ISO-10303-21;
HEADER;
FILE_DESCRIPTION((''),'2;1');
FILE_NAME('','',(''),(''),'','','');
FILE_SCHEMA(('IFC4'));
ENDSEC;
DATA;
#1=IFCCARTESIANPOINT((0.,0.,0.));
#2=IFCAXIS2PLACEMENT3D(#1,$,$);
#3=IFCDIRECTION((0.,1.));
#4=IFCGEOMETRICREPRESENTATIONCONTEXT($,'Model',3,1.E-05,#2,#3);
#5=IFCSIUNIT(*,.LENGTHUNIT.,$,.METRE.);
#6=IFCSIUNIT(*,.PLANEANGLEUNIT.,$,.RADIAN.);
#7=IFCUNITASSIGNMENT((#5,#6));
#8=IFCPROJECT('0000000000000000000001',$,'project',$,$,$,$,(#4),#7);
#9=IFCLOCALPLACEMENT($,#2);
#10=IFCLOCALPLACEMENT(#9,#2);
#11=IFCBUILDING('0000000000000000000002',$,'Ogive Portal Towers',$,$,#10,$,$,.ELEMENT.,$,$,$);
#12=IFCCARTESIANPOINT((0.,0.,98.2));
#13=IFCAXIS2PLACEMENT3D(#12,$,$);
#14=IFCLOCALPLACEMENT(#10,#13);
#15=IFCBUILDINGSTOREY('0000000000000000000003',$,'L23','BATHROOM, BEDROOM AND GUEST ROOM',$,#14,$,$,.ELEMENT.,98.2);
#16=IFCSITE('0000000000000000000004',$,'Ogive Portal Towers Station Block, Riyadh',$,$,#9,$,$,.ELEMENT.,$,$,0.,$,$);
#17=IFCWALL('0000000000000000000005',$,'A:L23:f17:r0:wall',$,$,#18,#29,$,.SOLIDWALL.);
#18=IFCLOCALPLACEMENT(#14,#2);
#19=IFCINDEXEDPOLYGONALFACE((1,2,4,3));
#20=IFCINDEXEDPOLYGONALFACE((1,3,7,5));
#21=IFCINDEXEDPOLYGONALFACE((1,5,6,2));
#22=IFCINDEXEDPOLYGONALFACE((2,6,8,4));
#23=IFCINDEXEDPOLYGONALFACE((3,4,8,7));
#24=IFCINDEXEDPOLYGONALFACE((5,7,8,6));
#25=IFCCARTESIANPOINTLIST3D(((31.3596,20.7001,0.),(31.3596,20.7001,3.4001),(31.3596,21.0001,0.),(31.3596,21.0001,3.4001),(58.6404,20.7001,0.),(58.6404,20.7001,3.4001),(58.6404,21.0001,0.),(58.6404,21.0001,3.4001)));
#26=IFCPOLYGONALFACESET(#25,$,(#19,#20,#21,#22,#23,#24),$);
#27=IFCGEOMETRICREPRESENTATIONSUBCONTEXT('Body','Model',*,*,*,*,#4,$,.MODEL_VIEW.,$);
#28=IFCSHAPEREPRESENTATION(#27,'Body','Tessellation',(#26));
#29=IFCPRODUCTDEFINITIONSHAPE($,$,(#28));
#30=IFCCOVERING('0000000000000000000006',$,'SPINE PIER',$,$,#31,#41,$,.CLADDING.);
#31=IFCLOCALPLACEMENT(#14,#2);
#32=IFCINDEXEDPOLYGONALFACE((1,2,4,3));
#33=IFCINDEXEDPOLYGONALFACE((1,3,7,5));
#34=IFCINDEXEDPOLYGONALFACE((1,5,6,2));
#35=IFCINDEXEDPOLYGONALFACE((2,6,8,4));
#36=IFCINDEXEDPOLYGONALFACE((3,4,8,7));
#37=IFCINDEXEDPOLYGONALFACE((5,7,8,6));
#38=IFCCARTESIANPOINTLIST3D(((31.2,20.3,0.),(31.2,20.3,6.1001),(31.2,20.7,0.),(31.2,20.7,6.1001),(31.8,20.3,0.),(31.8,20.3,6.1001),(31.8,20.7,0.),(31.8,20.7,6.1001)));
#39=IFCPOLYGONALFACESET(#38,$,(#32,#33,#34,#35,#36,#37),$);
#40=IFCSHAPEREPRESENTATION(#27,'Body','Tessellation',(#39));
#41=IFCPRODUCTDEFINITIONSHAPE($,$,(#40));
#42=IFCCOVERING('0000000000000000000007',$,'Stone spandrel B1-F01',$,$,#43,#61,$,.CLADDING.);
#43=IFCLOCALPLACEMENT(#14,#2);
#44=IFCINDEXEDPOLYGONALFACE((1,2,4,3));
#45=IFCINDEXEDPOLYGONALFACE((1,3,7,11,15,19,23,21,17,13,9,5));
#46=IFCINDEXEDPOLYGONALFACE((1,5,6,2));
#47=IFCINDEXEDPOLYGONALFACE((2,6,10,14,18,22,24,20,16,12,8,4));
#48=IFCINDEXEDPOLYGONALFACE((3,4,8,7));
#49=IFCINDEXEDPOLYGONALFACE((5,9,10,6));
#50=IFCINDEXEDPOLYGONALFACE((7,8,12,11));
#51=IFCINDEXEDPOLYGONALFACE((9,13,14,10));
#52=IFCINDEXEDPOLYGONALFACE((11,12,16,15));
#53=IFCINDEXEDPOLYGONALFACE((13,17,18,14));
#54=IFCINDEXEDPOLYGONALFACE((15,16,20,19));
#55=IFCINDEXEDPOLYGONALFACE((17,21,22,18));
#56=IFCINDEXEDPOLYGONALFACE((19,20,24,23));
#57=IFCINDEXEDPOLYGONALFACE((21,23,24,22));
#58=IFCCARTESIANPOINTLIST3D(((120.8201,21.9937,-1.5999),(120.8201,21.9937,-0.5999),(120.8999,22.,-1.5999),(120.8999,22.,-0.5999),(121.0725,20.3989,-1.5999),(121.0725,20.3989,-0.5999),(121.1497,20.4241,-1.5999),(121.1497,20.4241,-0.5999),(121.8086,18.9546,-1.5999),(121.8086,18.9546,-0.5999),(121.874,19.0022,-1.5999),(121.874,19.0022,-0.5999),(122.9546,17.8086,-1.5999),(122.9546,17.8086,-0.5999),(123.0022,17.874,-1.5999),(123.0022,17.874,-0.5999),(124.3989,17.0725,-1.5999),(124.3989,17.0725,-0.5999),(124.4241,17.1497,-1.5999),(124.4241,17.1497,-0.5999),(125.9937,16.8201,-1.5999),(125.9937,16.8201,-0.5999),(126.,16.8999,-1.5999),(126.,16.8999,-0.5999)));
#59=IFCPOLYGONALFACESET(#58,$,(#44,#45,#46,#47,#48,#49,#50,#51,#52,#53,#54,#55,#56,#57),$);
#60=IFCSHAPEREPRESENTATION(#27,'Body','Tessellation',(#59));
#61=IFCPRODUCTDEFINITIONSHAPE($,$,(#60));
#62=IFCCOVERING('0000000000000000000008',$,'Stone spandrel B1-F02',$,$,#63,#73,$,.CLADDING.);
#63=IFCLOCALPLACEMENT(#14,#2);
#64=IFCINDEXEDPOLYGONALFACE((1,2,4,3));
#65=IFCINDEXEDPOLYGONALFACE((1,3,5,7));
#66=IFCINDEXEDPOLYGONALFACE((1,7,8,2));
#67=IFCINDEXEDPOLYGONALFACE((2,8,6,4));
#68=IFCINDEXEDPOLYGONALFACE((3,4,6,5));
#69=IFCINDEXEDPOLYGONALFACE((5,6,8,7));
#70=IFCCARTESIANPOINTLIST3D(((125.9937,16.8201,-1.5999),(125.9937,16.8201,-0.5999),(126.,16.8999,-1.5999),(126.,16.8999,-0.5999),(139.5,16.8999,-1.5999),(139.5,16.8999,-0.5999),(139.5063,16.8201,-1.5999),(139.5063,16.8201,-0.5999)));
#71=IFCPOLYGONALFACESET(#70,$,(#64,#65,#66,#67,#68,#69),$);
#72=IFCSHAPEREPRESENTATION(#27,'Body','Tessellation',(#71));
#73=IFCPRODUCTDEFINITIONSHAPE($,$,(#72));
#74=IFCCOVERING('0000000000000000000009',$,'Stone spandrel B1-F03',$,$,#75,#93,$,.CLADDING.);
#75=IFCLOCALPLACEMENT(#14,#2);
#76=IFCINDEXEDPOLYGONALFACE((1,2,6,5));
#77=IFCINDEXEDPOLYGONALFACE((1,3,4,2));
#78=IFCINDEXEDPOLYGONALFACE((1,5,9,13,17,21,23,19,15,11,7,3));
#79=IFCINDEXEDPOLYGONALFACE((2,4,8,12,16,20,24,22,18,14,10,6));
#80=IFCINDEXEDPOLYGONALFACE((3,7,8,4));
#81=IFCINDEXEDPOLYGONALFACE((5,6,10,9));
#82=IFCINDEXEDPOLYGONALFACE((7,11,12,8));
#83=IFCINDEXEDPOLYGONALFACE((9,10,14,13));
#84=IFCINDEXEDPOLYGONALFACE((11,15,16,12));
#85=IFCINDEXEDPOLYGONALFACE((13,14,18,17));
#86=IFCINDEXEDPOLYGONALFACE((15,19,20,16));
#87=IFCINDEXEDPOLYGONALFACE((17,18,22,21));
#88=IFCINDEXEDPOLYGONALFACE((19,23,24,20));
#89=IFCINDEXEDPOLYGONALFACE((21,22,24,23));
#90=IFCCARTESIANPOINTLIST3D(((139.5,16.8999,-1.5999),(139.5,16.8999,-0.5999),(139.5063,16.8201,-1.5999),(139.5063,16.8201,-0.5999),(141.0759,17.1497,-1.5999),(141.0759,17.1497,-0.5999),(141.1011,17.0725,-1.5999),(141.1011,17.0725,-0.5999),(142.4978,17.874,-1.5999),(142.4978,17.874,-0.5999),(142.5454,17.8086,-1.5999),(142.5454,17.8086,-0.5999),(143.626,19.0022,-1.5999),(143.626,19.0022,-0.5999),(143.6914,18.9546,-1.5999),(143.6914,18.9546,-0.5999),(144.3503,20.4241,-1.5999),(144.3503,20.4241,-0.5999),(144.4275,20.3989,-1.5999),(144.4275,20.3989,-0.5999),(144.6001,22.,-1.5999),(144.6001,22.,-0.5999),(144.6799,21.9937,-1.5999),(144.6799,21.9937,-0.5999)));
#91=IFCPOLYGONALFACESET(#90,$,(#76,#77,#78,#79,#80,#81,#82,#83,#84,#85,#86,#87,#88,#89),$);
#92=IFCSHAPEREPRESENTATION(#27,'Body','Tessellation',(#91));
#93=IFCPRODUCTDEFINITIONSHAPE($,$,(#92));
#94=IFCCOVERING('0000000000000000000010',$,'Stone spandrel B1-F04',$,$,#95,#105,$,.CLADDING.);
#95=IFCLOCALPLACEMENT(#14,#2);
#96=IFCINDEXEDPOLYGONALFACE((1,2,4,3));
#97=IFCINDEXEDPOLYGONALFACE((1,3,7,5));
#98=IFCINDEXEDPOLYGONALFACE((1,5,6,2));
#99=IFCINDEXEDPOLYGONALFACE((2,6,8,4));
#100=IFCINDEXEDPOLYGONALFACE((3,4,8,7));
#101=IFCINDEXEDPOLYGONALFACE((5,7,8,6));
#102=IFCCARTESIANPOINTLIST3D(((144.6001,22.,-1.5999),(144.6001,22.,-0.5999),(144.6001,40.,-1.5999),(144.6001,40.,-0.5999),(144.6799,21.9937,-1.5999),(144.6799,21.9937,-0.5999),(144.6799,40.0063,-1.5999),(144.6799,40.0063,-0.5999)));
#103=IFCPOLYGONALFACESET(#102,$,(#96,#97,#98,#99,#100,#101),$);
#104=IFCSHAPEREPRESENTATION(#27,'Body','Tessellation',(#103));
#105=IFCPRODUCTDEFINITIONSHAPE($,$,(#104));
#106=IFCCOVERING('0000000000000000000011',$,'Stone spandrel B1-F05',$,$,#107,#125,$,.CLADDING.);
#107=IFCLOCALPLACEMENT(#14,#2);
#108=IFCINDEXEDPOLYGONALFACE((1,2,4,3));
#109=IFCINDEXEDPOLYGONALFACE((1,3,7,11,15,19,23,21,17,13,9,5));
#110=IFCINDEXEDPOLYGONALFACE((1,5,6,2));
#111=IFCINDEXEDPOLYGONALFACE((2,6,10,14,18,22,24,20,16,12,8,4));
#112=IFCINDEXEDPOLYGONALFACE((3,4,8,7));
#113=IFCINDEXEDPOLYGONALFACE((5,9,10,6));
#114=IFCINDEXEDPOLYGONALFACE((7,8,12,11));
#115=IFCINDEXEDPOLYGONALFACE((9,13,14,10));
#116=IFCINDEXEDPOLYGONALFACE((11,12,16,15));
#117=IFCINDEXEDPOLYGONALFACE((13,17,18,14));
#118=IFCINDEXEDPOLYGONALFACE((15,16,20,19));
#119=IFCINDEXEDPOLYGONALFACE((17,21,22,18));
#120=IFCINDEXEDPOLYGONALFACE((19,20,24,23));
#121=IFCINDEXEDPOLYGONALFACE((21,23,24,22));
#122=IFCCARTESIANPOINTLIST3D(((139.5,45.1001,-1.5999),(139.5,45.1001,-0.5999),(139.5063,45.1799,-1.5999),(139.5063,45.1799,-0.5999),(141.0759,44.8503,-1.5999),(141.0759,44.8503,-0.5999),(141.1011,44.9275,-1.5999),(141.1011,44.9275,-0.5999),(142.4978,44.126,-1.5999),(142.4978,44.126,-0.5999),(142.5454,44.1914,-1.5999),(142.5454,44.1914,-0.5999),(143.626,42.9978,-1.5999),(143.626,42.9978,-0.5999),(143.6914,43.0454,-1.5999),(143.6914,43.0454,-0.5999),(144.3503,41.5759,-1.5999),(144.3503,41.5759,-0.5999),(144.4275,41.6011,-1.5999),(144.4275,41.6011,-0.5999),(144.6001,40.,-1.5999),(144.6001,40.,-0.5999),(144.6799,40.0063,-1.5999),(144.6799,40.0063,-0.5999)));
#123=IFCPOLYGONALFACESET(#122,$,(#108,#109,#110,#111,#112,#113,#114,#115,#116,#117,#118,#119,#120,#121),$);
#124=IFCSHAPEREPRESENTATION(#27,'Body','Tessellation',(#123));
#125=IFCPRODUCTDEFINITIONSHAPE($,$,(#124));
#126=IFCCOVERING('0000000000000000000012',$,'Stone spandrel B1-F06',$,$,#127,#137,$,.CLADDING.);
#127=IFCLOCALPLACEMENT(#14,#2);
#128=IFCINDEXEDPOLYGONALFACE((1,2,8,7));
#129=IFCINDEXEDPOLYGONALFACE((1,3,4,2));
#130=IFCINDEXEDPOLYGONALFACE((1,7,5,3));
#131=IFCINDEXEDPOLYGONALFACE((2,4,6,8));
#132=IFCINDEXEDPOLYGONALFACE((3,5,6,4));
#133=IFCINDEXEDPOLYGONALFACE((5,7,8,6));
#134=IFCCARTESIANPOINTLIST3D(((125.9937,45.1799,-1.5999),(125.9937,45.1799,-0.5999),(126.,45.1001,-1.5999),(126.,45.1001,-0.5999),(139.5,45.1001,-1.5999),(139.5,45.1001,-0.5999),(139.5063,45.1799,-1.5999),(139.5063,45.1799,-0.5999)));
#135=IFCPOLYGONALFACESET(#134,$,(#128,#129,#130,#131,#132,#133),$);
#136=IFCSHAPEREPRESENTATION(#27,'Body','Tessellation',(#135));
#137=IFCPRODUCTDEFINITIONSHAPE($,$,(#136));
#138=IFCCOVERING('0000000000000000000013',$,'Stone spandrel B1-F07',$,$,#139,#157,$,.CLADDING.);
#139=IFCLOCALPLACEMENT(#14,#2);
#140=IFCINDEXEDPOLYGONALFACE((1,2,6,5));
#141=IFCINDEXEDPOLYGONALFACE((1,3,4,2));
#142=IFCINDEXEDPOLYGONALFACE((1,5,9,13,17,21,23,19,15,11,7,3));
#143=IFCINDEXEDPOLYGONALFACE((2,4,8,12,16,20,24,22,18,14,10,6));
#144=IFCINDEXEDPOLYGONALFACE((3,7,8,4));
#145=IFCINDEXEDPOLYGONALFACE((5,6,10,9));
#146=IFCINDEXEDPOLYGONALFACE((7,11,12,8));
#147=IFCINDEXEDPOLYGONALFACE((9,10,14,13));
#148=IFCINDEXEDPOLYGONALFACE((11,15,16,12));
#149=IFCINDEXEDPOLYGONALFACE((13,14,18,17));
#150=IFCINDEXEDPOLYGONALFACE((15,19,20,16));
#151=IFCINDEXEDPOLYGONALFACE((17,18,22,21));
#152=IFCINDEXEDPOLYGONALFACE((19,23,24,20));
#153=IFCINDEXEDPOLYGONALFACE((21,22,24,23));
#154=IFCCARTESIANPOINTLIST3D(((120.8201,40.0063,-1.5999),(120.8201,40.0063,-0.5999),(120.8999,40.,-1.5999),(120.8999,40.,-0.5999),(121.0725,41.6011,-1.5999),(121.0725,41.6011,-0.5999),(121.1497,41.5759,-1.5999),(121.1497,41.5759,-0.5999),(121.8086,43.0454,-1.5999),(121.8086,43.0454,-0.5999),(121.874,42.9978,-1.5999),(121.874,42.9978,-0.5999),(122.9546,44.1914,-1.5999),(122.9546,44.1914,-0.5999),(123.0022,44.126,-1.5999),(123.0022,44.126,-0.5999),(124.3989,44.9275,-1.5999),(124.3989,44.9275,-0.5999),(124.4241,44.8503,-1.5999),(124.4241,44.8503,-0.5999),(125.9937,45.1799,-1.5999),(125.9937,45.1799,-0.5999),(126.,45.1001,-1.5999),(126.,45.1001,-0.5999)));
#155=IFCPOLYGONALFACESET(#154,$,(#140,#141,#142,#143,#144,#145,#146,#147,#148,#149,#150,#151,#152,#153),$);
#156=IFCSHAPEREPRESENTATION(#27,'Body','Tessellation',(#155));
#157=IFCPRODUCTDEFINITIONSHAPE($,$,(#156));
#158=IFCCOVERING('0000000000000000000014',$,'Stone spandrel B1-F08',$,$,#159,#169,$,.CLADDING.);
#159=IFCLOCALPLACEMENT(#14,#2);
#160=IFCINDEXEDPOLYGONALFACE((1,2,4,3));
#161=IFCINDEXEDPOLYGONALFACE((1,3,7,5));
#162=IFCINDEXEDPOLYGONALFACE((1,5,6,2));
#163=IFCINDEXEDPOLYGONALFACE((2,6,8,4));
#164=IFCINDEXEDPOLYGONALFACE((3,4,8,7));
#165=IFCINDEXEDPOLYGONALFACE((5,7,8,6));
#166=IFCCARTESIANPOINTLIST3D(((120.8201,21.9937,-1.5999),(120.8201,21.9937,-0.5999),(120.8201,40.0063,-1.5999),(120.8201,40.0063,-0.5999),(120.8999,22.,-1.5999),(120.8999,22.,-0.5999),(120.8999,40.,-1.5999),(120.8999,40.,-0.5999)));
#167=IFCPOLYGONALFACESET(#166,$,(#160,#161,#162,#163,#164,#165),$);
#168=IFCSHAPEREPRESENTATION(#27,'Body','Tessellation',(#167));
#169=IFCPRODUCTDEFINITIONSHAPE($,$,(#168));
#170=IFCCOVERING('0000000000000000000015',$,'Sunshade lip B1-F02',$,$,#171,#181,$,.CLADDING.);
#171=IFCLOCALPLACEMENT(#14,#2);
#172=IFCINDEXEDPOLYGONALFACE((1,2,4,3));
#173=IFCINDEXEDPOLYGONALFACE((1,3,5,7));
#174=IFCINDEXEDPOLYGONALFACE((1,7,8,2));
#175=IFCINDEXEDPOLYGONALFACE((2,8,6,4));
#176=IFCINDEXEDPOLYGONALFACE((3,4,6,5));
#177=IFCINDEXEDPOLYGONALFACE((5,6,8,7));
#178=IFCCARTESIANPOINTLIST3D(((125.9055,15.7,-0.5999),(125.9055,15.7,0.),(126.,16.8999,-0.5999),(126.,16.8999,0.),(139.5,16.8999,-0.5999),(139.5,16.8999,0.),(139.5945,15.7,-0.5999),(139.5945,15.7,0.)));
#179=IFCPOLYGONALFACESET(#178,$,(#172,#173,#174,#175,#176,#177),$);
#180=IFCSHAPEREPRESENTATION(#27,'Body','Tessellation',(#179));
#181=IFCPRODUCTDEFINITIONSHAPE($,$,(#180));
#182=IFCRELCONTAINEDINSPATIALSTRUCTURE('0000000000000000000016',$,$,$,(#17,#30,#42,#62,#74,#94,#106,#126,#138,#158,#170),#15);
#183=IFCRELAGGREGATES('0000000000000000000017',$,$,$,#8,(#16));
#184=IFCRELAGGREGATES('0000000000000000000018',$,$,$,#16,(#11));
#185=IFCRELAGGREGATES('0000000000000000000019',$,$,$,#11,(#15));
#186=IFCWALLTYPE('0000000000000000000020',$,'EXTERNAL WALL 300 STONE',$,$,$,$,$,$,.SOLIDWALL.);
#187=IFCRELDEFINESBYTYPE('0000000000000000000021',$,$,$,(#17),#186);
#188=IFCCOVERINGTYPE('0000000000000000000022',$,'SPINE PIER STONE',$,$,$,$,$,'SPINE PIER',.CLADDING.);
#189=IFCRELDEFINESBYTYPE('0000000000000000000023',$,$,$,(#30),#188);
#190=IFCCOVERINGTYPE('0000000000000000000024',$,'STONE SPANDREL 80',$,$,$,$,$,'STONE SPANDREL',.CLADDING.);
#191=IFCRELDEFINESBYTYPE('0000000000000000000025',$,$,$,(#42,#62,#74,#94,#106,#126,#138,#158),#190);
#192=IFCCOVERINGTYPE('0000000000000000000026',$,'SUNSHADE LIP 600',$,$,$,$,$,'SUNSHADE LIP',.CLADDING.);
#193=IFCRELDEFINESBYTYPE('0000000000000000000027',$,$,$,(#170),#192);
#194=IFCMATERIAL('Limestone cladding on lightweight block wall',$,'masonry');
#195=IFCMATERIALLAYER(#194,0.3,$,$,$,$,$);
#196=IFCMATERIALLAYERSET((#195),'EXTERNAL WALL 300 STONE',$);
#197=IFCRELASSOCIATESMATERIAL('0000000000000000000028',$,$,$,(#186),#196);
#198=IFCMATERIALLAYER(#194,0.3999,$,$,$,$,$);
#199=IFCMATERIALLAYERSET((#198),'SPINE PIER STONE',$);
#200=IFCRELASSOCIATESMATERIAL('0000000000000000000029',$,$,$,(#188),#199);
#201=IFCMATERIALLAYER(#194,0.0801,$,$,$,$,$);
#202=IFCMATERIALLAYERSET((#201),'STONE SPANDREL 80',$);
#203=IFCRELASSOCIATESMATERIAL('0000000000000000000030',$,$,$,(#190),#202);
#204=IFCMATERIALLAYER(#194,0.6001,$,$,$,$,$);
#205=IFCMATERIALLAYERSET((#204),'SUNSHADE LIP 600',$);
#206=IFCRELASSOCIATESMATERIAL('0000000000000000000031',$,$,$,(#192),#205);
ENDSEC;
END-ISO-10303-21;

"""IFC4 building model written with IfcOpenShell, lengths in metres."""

from ifc_helpers import new_model, si_unit, direction, frame, frame_2d, origin, origin_2d, place, context, subcontext, project, spatial, polyline, rectangle, outline, extrude, material, layer, layer_set, type_object, element, save


model = new_model("IFC4")

# Units and contexts
model_context = context("Model", 3, precision=1e-05, world=origin(), true_north=direction((0.0, 1.0)))
body_context = subcontext(model_context, "Body", "Model", "MODEL_VIEW")
ifc_project = project(units=[si_unit("LENGTHUNIT", "METRE"), si_unit("PLANEANGLEUNIT", "RADIAN")], contexts=[model_context])

# Site, building, storey
site_placement = place(None, origin())
site = spatial("IfcSite", under=ifc_project, at=site_placement, Name="Ogive Portal Towers Station Block, Riyadh", CompositionType="ELEMENT", RefElevation=0.0)
building_placement = place(site_placement, origin())
building = spatial("IfcBuilding", under=site, at=building_placement, Name="Ogive Portal Towers", CompositionType="ELEMENT")
storey_placement = place(building_placement, frame((0.0, 0.0, 98.2)))
storey = spatial("IfcBuildingStorey", under=building, at=storey_placement, Name="L23", Description="BATHROOM, BEDROOM AND GUEST ROOM", CompositionType="ELEMENT", Elevation=98.2)

# Wall
ifc_material_1 = material(Name="Limestone cladding on lightweight block wall", Category="masonry")
ifc_layer_1 = layer(ifc_material_1, 0.3)
ifc_layer_set_1 = layer_set([ifc_layer_1], Name="EXTERNAL WALL 300 STONE")
wall_type_1 = type_object("IfcWallType", Name="EXTERNAL WALL 300 STONE", PredefinedType="SOLIDWALL", material=ifc_layer_set_1)
wall_1_placement = place(storey_placement, frame((31.3596, 20.8501, 0.0), z_axis=(0.0, 0.0, 1.0), x_axis=(1.0, 0.0, 0.0)))
element("IfcWall", 1, at=wall_1_placement, inside=storey, type_object=wall_type_1, Name="A:L23:f17:r0:wall", PredefinedType="SOLIDWALL", context=body_context, shape_type="SweptSolid", body=[
    extrude(rectangle(XDim=27.2808, YDim=0.3, at=frame_2d((13.6404, 0.0))), origin(), (0.0, 0.0, 1.0), 3.4001),
])

# Coverings
ifc_layer_2 = layer(ifc_material_1, 0.3999)
ifc_layer_set_2 = layer_set([ifc_layer_2], Name="SPINE PIER STONE")
covering_type_1 = type_object("IfcCoveringType", Name="SPINE PIER STONE", ElementType="SPINE PIER", PredefinedType="CLADDING", material=ifc_layer_set_2)
covering_1_placement = place(storey_placement, frame((31.5, 20.5, 0.0), z_axis=(0.0, 0.0, 1.0), x_axis=(1.0, 0.0, 0.0)))
element("IfcCovering", 2, at=covering_1_placement, inside=storey, type_object=covering_type_1, Name="SPINE PIER", PredefinedType="CLADDING", context=body_context, shape_type="SweptSolid", body=[
    extrude(rectangle(XDim=0.6001, YDim=0.3999, at=origin_2d()), origin(), (0.0, 0.0, 1.0), 6.1001),
])
ifc_layer_3 = layer(ifc_material_1, 0.0801)
ifc_layer_set_3 = layer_set([ifc_layer_3], Name="STONE SPANDREL 80")
covering_type_2 = type_object("IfcCoveringType", Name="STONE SPANDREL 80", ElementType="STONE SPANDREL", PredefinedType="CLADDING", material=ifc_layer_set_3)
covering_2_placement = place(storey_placement, frame((0.0, 0.0, -1.5999)))
element("IfcCovering", 3, at=covering_2_placement, inside=storey, type_object=covering_type_2, Name="Stone spandrel B1-F01", PredefinedType="CLADDING", context=body_context, shape_type="SweptSolid", body=[
    extrude(outline(polyline([(120.8999, 22.0), (121.1497, 20.4241), (121.874, 19.0022), (123.0022, 17.874), (124.4241, 17.1497), (126.0, 16.8999), (125.9937, 16.8201), (124.3989, 17.0725), (122.9546, 17.8086), (121.8086, 18.9546), (121.0725, 20.3989), (120.8201, 21.9937), (120.8999, 22.0)])), origin(), (0.0, 0.0, 1.0), 1.0),
])
covering_3_placement = place(storey_placement, frame((0.0, 0.0, -1.5999)))
element("IfcCovering", 4, at=covering_3_placement, inside=storey, type_object=covering_type_2, Name="Stone spandrel B1-F02", PredefinedType="CLADDING", context=body_context, shape_type="SweptSolid", body=[
    extrude(outline(polyline([(126.0, 16.8999), (139.5, 16.8999), (139.5063, 16.8201), (125.9937, 16.8201), (126.0, 16.8999)])), origin(), (0.0, 0.0, 1.0), 1.0),
])
covering_4_placement = place(storey_placement, frame((0.0, 0.0, -1.5999)))
element("IfcCovering", 5, at=covering_4_placement, inside=storey, type_object=covering_type_2, Name="Stone spandrel B1-F03", PredefinedType="CLADDING", context=body_context, shape_type="SweptSolid", body=[
    extrude(outline(polyline([(139.5, 16.8999), (141.0759, 17.1497), (142.4978, 17.874), (143.626, 19.0022), (144.3503, 20.4241), (144.6001, 22.0), (144.6799, 21.9937), (144.4275, 20.3989), (143.6914, 18.9546), (142.5454, 17.8086), (141.1011, 17.0725), (139.5063, 16.8201), (139.5, 16.8999)])), origin(), (0.0, 0.0, 1.0), 1.0),
])
covering_5_placement = place(storey_placement, frame((0.0, 0.0, -1.5999)))
element("IfcCovering", 6, at=covering_5_placement, inside=storey, type_object=covering_type_2, Name="Stone spandrel B1-F04", PredefinedType="CLADDING", context=body_context, shape_type="SweptSolid", body=[
    extrude(outline(polyline([(144.6001, 22.0), (144.6001, 40.0), (144.6799, 40.0063), (144.6799, 21.9937), (144.6001, 22.0)])), origin(), (0.0, 0.0, 1.0), 1.0),
])
covering_6_placement = place(storey_placement, frame((0.0, 0.0, -1.5999)))
element("IfcCovering", 7, at=covering_6_placement, inside=storey, type_object=covering_type_2, Name="Stone spandrel B1-F05", PredefinedType="CLADDING", context=body_context, shape_type="SweptSolid", body=[
    extrude(outline(polyline([(144.6001, 40.0), (144.3503, 41.5759), (143.626, 42.9978), (142.4978, 44.126), (141.0759, 44.8503), (139.5, 45.1001), (139.5063, 45.1799), (141.1011, 44.9275), (142.5454, 44.1914), (143.6914, 43.0454), (144.4275, 41.6011), (144.6799, 40.0063), (144.6001, 40.0)])), origin(), (0.0, 0.0, 1.0), 1.0),
])
covering_7_placement = place(storey_placement, frame((0.0, 0.0, -1.5999)))
element("IfcCovering", 8, at=covering_7_placement, inside=storey, type_object=covering_type_2, Name="Stone spandrel B1-F06", PredefinedType="CLADDING", context=body_context, shape_type="SweptSolid", body=[
    extrude(outline(polyline([(139.5, 45.1001), (126.0, 45.1001), (125.9937, 45.1799), (139.5063, 45.1799), (139.5, 45.1001)])), origin(), (0.0, 0.0, 1.0), 1.0),
])
covering_8_placement = place(storey_placement, frame((0.0, 0.0, -1.5999)))
element("IfcCovering", 9, at=covering_8_placement, inside=storey, type_object=covering_type_2, Name="Stone spandrel B1-F07", PredefinedType="CLADDING", context=body_context, shape_type="SweptSolid", body=[
    extrude(outline(polyline([(126.0, 45.1001), (124.4241, 44.8503), (123.0022, 44.126), (121.874, 42.9978), (121.1497, 41.5759), (120.8999, 40.0), (120.8201, 40.0063), (121.0725, 41.6011), (121.8086, 43.0454), (122.9546, 44.1914), (124.3989, 44.9275), (125.9937, 45.1799), (126.0, 45.1001)])), origin(), (0.0, 0.0, 1.0), 1.0),
])
covering_9_placement = place(storey_placement, frame((0.0, 0.0, -1.5999)))
element("IfcCovering", 10, at=covering_9_placement, inside=storey, type_object=covering_type_2, Name="Stone spandrel B1-F08", PredefinedType="CLADDING", context=body_context, shape_type="SweptSolid", body=[
    extrude(outline(polyline([(120.8999, 40.0), (120.8999, 22.0), (120.8201, 21.9937), (120.8201, 40.0063), (120.8999, 40.0)])), origin(), (0.0, 0.0, 1.0), 1.0),
])
ifc_layer_4 = layer(ifc_material_1, 0.6001)
ifc_layer_set_4 = layer_set([ifc_layer_4], Name="SUNSHADE LIP 600")
covering_type_3 = type_object("IfcCoveringType", Name="SUNSHADE LIP 600", ElementType="SUNSHADE LIP", PredefinedType="CLADDING", material=ifc_layer_set_4)
covering_10_placement = place(storey_placement, frame((0.0, 0.0, -0.5999)))
element("IfcCovering", 11, at=covering_10_placement, inside=storey, type_object=covering_type_3, Name="Sunshade lip B1-F02", PredefinedType="CLADDING", context=body_context, shape_type="SweptSolid", body=[
    extrude(outline(polyline([(126.0, 16.8999), (139.5, 16.8999), (139.5945, 15.7), (125.9055, 15.7), (126.0, 16.8999)])), origin(), (0.0, 0.0, 1.0), 0.5999),
])

save(model, "model.ifc")
